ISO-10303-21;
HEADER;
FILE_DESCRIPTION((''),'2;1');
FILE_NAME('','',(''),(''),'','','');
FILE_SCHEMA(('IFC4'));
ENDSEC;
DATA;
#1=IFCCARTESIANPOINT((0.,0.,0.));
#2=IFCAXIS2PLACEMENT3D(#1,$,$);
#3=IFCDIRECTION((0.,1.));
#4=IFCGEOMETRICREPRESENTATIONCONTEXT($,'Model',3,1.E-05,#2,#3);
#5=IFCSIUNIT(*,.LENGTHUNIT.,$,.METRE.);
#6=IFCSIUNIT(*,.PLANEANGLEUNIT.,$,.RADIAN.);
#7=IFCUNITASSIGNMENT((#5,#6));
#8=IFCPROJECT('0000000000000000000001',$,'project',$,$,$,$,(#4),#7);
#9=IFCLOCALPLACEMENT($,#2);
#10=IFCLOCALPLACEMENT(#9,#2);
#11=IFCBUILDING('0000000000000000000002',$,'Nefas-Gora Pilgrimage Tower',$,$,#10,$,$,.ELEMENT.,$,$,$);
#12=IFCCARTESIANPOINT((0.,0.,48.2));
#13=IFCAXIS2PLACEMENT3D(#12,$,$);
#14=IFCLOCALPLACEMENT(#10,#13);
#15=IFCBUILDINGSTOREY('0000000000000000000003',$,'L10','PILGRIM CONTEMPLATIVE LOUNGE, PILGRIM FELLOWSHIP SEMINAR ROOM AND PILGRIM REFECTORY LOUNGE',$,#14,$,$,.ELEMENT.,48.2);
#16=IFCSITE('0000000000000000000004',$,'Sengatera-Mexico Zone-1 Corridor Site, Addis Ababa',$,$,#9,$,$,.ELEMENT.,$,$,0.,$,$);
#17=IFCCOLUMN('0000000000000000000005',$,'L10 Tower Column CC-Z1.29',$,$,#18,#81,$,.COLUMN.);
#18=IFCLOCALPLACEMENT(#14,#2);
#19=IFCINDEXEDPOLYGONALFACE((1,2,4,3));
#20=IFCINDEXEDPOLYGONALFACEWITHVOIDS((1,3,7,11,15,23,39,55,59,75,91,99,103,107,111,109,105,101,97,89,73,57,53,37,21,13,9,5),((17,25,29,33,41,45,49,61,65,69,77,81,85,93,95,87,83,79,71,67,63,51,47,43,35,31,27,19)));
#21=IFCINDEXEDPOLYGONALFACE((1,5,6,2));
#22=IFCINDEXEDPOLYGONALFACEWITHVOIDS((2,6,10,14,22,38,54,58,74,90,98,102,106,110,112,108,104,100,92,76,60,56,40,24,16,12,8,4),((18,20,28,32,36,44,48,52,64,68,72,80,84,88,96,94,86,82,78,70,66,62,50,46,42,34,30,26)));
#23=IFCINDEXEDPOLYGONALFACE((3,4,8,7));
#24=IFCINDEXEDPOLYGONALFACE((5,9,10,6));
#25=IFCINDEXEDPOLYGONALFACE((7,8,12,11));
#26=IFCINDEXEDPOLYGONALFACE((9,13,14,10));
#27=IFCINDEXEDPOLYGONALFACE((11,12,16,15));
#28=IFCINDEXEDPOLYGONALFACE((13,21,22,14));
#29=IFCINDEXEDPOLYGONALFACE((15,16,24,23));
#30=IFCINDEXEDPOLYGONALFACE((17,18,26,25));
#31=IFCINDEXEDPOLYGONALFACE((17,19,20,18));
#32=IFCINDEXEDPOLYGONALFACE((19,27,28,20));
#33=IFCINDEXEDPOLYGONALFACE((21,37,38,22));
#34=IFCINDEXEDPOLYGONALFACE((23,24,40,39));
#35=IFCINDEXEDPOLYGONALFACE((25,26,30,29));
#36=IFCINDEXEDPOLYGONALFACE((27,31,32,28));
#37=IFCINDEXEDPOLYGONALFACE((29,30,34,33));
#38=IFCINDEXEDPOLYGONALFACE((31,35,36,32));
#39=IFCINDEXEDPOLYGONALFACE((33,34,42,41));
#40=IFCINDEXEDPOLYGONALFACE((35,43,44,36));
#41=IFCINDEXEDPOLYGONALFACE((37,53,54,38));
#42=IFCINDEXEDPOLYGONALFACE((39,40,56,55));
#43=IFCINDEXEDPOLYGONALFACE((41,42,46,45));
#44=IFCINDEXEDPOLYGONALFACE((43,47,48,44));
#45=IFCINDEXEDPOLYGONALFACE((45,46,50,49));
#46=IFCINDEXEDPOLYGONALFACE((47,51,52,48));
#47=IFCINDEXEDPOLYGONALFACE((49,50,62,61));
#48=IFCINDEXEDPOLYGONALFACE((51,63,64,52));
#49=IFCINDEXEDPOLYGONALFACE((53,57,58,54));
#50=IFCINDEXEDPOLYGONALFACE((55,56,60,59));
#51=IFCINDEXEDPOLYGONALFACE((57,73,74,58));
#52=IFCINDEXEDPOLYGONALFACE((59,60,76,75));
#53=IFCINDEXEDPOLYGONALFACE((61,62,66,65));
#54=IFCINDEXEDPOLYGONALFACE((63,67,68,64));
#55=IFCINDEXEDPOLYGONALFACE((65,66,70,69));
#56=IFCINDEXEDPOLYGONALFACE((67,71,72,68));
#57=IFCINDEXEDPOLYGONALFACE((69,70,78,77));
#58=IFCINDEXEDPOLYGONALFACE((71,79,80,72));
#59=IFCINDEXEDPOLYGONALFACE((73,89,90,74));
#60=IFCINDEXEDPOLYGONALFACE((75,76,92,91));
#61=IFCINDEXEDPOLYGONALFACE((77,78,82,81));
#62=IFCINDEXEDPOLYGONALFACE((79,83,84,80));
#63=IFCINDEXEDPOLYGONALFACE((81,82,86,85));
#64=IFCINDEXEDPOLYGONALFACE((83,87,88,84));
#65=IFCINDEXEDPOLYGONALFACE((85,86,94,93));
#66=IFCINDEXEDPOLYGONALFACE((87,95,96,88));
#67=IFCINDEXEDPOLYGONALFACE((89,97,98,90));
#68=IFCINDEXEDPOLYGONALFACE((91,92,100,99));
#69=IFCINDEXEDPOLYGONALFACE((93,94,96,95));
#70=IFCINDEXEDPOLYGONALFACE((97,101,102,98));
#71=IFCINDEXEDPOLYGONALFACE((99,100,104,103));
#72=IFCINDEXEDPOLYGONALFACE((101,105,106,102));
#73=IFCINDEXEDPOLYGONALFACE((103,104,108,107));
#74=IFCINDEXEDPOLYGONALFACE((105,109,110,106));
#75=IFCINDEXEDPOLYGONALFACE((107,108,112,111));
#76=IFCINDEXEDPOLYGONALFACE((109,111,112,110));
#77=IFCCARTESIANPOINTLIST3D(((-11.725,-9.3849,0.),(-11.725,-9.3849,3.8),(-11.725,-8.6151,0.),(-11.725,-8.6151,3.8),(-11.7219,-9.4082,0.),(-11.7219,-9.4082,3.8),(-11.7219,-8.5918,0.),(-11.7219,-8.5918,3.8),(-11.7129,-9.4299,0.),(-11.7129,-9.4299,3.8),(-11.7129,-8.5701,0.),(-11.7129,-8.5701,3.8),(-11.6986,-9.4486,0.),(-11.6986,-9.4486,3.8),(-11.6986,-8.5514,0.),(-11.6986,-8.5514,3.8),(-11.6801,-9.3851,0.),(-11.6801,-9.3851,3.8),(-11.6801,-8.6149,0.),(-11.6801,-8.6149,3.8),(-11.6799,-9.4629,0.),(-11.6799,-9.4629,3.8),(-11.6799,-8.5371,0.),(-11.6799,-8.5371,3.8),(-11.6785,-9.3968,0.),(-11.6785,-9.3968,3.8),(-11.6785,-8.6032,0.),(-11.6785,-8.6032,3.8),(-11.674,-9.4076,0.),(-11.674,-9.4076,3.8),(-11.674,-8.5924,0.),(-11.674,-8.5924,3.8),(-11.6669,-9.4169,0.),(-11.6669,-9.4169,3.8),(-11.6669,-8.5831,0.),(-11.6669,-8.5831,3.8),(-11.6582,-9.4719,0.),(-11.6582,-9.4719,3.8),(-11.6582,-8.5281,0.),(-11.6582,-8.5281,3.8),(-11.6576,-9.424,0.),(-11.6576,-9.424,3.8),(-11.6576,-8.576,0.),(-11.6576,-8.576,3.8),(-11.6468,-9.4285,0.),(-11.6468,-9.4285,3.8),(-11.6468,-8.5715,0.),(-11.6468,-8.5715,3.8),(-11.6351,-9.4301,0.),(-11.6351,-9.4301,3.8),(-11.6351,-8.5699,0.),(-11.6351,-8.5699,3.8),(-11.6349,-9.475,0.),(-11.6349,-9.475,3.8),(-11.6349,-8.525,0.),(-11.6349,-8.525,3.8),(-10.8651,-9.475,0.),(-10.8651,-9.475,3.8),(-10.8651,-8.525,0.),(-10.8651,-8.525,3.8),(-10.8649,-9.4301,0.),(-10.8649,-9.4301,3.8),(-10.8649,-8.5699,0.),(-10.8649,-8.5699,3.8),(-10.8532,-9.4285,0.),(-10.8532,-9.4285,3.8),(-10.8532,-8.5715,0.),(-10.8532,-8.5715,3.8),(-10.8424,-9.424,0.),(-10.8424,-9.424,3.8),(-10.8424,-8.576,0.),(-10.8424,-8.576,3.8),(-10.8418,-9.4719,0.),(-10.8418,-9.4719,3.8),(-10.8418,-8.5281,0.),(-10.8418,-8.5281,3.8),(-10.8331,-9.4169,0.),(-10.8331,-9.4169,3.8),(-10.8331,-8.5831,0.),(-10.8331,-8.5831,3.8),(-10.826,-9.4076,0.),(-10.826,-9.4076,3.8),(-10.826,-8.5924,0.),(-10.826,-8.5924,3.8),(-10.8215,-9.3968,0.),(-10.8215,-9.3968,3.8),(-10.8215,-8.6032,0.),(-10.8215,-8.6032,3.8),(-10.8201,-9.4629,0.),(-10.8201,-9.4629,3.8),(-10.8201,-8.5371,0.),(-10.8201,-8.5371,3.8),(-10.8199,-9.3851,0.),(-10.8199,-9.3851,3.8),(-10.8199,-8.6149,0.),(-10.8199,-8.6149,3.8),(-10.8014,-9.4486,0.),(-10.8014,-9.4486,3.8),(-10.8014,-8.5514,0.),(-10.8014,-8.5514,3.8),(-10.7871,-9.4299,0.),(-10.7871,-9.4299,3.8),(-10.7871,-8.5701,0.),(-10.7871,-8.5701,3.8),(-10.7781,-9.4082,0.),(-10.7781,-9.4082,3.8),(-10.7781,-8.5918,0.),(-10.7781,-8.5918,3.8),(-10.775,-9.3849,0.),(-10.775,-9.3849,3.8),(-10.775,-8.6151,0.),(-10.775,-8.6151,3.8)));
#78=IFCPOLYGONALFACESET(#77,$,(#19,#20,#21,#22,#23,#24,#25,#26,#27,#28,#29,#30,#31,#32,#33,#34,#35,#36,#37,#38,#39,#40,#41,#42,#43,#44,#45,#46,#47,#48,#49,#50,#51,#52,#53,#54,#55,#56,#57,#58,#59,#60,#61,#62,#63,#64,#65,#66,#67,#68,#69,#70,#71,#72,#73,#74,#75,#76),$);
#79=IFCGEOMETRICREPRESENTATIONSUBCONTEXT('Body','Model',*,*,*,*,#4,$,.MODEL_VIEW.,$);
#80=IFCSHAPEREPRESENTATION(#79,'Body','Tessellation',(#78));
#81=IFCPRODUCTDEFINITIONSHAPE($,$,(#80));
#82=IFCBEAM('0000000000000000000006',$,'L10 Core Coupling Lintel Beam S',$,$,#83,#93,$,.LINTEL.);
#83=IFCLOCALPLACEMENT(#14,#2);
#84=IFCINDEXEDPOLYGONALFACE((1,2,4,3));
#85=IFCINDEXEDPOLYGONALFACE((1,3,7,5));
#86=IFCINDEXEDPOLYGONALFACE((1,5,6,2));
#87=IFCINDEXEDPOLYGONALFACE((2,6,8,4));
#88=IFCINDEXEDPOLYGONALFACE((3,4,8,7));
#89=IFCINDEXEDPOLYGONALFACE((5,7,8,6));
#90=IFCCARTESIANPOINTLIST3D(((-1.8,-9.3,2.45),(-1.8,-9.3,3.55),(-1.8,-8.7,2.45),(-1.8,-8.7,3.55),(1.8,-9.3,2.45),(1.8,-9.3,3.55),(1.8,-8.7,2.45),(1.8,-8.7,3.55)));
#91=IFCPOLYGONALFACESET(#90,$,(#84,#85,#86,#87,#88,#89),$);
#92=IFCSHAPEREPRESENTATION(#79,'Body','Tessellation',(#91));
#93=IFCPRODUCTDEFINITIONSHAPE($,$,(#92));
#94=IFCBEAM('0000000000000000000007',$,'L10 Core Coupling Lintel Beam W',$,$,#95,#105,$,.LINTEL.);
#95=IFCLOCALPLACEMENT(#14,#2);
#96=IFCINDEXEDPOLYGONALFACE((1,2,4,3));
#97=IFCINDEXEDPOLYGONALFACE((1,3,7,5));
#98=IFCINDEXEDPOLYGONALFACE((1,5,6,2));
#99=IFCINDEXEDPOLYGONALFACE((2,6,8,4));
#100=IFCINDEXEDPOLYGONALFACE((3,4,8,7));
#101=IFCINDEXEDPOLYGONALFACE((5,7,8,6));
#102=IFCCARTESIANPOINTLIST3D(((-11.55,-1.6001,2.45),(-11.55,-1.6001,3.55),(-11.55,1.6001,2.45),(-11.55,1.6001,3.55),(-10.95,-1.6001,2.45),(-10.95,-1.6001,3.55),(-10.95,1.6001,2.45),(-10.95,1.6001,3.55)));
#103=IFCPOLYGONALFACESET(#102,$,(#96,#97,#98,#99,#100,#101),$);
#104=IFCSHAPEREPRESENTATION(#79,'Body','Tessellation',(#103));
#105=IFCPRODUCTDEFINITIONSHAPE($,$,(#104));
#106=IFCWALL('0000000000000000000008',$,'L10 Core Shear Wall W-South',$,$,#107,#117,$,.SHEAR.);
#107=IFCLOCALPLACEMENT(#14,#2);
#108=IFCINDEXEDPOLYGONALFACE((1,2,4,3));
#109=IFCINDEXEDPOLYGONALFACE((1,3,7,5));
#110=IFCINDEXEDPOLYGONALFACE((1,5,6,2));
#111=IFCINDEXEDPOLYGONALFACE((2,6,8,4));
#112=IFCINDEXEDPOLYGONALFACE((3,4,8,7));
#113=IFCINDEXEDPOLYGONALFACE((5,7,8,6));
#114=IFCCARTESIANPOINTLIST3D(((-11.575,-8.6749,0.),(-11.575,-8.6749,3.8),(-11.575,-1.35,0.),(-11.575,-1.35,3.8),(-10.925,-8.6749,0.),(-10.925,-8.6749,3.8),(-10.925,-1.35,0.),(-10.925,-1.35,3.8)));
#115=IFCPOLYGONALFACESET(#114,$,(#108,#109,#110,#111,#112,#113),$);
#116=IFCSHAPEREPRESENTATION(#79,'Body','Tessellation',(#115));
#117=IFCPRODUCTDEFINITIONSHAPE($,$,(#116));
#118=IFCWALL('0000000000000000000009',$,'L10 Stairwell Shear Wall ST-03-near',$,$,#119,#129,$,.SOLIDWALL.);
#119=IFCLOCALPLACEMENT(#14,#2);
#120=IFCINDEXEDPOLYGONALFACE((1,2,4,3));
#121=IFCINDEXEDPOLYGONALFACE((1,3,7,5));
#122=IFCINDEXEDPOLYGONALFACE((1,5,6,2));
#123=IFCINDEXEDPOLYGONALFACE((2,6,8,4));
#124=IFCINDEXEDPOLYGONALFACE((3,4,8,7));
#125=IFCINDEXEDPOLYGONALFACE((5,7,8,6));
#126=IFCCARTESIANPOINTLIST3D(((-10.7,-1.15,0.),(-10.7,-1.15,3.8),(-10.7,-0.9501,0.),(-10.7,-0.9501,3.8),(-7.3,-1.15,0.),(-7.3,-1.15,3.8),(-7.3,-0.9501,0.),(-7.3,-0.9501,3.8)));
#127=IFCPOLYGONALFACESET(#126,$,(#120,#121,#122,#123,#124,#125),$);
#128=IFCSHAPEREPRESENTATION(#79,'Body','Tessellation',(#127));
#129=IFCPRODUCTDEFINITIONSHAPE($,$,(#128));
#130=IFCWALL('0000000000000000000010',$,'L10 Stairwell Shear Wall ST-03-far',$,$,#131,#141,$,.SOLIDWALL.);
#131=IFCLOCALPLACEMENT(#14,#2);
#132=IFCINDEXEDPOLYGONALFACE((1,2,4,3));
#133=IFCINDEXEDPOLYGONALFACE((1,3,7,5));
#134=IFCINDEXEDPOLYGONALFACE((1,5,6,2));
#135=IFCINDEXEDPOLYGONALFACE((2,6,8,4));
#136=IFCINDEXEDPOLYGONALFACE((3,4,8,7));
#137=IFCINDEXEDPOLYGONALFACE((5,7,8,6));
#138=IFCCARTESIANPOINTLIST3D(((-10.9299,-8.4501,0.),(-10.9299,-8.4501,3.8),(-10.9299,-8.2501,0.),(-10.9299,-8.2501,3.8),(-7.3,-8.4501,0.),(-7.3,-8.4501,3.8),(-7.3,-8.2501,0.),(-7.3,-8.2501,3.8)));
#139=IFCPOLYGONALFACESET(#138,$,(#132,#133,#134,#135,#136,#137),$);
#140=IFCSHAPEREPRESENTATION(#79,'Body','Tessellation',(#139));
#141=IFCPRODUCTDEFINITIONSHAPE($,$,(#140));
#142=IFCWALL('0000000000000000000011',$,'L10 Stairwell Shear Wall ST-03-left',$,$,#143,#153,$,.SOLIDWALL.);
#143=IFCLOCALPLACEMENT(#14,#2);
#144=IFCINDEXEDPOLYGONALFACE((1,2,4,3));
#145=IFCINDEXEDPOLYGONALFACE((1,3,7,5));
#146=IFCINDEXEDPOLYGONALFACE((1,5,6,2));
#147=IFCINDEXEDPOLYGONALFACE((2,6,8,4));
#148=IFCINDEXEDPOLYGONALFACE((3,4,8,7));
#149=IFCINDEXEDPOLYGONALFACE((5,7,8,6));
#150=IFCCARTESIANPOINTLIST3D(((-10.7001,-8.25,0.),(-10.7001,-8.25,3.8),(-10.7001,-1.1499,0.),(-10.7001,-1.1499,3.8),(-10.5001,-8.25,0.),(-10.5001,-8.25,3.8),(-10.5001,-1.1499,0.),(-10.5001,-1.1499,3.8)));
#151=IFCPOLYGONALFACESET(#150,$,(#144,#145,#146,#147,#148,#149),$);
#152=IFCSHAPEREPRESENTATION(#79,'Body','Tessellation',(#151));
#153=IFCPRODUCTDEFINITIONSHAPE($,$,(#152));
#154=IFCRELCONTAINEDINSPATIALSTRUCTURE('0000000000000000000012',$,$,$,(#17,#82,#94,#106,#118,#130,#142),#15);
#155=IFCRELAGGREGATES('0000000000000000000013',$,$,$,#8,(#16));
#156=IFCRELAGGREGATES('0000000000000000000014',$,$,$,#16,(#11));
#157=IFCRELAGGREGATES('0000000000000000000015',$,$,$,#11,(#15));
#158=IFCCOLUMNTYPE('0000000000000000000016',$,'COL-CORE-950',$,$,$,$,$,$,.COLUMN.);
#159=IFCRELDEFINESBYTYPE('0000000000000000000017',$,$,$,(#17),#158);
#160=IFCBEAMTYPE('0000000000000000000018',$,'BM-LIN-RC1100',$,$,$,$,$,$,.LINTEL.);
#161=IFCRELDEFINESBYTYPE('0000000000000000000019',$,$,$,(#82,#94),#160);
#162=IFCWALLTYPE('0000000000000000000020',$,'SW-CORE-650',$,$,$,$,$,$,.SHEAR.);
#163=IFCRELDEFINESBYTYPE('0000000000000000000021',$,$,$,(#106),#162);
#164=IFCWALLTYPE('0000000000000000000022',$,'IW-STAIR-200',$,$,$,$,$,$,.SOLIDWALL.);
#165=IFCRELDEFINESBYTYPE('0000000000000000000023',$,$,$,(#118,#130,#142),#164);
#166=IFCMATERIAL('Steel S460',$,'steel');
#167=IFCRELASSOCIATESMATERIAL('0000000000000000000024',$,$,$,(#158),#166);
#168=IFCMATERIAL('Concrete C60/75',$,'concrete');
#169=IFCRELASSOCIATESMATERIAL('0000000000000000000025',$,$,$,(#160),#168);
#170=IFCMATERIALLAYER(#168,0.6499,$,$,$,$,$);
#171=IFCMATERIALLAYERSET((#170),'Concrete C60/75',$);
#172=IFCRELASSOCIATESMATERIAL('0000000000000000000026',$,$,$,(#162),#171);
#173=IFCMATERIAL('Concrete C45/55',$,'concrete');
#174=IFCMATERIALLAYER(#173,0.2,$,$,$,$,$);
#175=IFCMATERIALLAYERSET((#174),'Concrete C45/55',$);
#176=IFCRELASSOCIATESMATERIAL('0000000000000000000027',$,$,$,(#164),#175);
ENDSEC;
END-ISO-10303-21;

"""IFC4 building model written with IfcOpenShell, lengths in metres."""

from ifc_helpers import new_model, si_unit, direction, frame, frame_2d, origin, origin_2d, place, context, subcontext, project, spatial, rectangle, hollow_rectangle, extrude, source, transform, mapped, material, layer, layer_set, material_profile, profile_set, type_object, element, save


model = new_model("IFC4")

# Units and contexts
model_context = context("Model", 3, precision=1e-05, world=origin(), true_north=direction((0.0, 1.0)))
body_context = subcontext(model_context, "Body", "Model", "MODEL_VIEW")
ifc_project = project(units=[si_unit("LENGTHUNIT", "METRE"), si_unit("PLANEANGLEUNIT", "RADIAN")], contexts=[model_context])

# Site, building, storey
site_placement = place(None, origin())
site = spatial("IfcSite", under=ifc_project, at=site_placement, Name="Sengatera-Mexico Zone-1 Corridor Site, Addis Ababa", CompositionType="ELEMENT", RefElevation=0.0)
building_placement = place(site_placement, origin())
building = spatial("IfcBuilding", under=site, at=building_placement, Name="Nefas-Gora Pilgrimage Tower", CompositionType="ELEMENT")
storey_placement = place(building_placement, frame((0.0, 0.0, 48.2)))
storey = spatial("IfcBuildingStorey", under=building, at=storey_placement, Name="L10", Description="PILGRIM CONTEMPLATIVE LOUNGE, PILGRIM FELLOWSHIP SEMINAR ROOM AND PILGRIM REFECTORY LOUNGE", CompositionType="ELEMENT", Elevation=48.2)

# Column
ifc_material_1 = material(Name="Steel S460", Category="steel")
ifc_material_profile_1 = material_profile(ifc_material_1, hollow_rectangle(XDim=0.95, YDim=0.95, WallThickness=0.0449, InnerFilletRadius=0.0449, OuterFilletRadius=0.0901, at=origin_2d()), Name="BOX 950x950x45")
ifc_profile_set_1 = profile_set([ifc_material_profile_1], Name="Steel S460")
column_type = type_object("IfcColumnType", Name="COL-CORE-950", PredefinedType="COLUMN", material=ifc_profile_set_1)
shared_shape_1 = source(origin(), body_context, "Body", "SweptSolid", [
    extrude(hollow_rectangle(XDim=0.95, YDim=0.95, WallThickness=0.0449, InnerFilletRadius=0.0449, OuterFilletRadius=0.0901, at=origin_2d()), origin(), (0.0, 0.0, 1.0), 3.8),
])
column_placement = place(storey_placement, frame((-11.25, -9.0, 0.0), z_axis=(0.0, 0.0, 1.0), x_axis=(1.0, 0.0, 0.0)))
element("IfcColumn", 1, at=column_placement, inside=storey, type_object=column_type, Name="L10 Tower Column CC-Z1.29", PredefinedType="COLUMN", context=body_context, shape_type="MappedRepresentation", body=[
    mapped(shared_shape_1, transform((0.0, 0.0, 0.0), x_axis=(1.0, 0.0, 0.0), y_axis=(0.0, 1.0, 0.0), z_axis=(0.0, 0.0, 1.0), scale=1.0)),
])

# Beams
ifc_material_2 = material(Name="Concrete C60/75", Category="concrete")
ifc_material_profile_2 = material_profile(ifc_material_2, rectangle(XDim=0.6001, YDim=1.1001, at=origin_2d()), Name="RC 600x1100")
ifc_profile_set_2 = profile_set([ifc_material_profile_2], Name="Concrete C60/75")
beam_type = type_object("IfcBeamType", Name="BM-LIN-RC1100", PredefinedType="LINTEL", material=ifc_profile_set_2)
shared_shape_2 = source(origin(), body_context, "Body", "SweptSolid", [
    extrude(rectangle(XDim=0.6001, YDim=1.1001, at=origin_2d()), origin(), (0.0, 0.0, 1.0), 3.6001),
])
beam_1_placement = place(storey_placement, frame((-1.8, -9.0, 3.0), z_axis=(1.0, 0.0, 0.0), x_axis=(0.0, 1.0, 0.0)))
element("IfcBeam", 2, at=beam_1_placement, inside=storey, type_object=beam_type, Name="L10 Core Coupling Lintel Beam S", PredefinedType="LINTEL", context=body_context, shape_type="MappedRepresentation", body=[
    mapped(shared_shape_2, transform((0.0, 0.0, 0.0), x_axis=(1.0, 0.0, 0.0), y_axis=(0.0, 1.0, 0.0), z_axis=(0.0, 0.0, 1.0), scale=1.0)),
])
shared_shape_3 = source(origin(), body_context, "Body", "SweptSolid", [
    extrude(rectangle(XDim=0.6001, YDim=1.1001, at=origin_2d()), origin(), (0.0, 0.0, 1.0), 3.2002),
])
beam_2_placement = place(storey_placement, frame((-11.25, -1.6001, 3.0), z_axis=(0.0, 1.0, 0.0), x_axis=(-1.0, 0.0, 0.0)))
element("IfcBeam", 3, at=beam_2_placement, inside=storey, type_object=beam_type, Name="L10 Core Coupling Lintel Beam W", PredefinedType="LINTEL", context=body_context, shape_type="MappedRepresentation", body=[
    mapped(shared_shape_3, transform((0.0, 0.0, 0.0), x_axis=(1.0, 0.0, 0.0), y_axis=(0.0, 1.0, 0.0), z_axis=(0.0, 0.0, 1.0), scale=1.0)),
])

# Walls
ifc_layer_1 = layer(ifc_material_2, 0.6499)
ifc_layer_set_1 = layer_set([ifc_layer_1], Name="Concrete C60/75")
wall_type_1 = type_object("IfcWallType", Name="SW-CORE-650", PredefinedType="SHEAR", material=ifc_layer_set_1)
shared_shape_4 = source(origin(), body_context, "Body", "SweptSolid", [
    extrude(rectangle(XDim=7.325, YDim=0.6499, at=frame_2d((3.6626, 0.0))), origin(), (0.0, 0.0, 1.0), 3.8),
])
wall_1_placement = place(storey_placement, frame((-11.25, -8.675, 0.0), z_axis=(0.0, 0.0, 1.0), x_axis=(0.0, 1.0, 0.0)))
element("IfcWall", 4, at=wall_1_placement, inside=storey, type_object=wall_type_1, Name="L10 Core Shear Wall W-South", PredefinedType="SHEAR", context=body_context, shape_type="MappedRepresentation", body=[
    mapped(shared_shape_4, transform((0.0, 0.0, 0.0), x_axis=(1.0, 0.0, 0.0), y_axis=(0.0, 1.0, 0.0), z_axis=(0.0, 0.0, 1.0), scale=1.0)),
])
ifc_material_3 = material(Name="Concrete C45/55", Category="concrete")
ifc_layer_2 = layer(ifc_material_3, 0.2)
ifc_layer_set_2 = layer_set([ifc_layer_2], Name="Concrete C45/55")
wall_type_2 = type_object("IfcWallType", Name="IW-STAIR-200", PredefinedType="SOLIDWALL", material=ifc_layer_set_2)
shared_shape_5 = source(origin(), body_context, "Body", "SweptSolid", [
    extrude(rectangle(XDim=3.3999, YDim=0.2, at=frame_2d((1.7, 0.0))), origin(), (0.0, 0.0, 1.0), 3.8),
])
wall_2_placement = place(storey_placement, frame((-10.7, -1.05, 0.0), z_axis=(0.0, 0.0, 1.0), x_axis=(1.0, 0.0, 0.0)))
element("IfcWall", 5, at=wall_2_placement, inside=storey, type_object=wall_type_2, Name="L10 Stairwell Shear Wall ST-03-near", PredefinedType="SOLIDWALL", context=body_context, shape_type="MappedRepresentation", body=[
    mapped(shared_shape_5, transform((0.0, 0.0, 0.0), x_axis=(1.0, 0.0, 0.0), y_axis=(0.0, 1.0, 0.0), z_axis=(0.0, 0.0, 1.0), scale=1.0)),
])
shared_shape_6 = source(origin(), body_context, "Body", "SweptSolid", [
    extrude(rectangle(XDim=3.6299, YDim=0.2, at=frame_2d((1.8149, 0.0))), origin(), (0.0, 0.0, 1.0), 3.8),
])
wall_3_placement = place(storey_placement, frame((-10.9299, -8.3501, 0.0), z_axis=(0.0, 0.0, 1.0), x_axis=(1.0, 0.0, 0.0)))
element("IfcWall", 6, at=wall_3_placement, inside=storey, type_object=wall_type_2, Name="L10 Stairwell Shear Wall ST-03-far", PredefinedType="SOLIDWALL", context=body_context, shape_type="MappedRepresentation", body=[
    mapped(shared_shape_6, transform((0.0, 0.0, 0.0), x_axis=(1.0, 0.0, 0.0), y_axis=(0.0, 1.0, 0.0), z_axis=(0.0, 0.0, 1.0), scale=1.0)),
])
shared_shape_7 = source(origin(), body_context, "Body", "SweptSolid", [
    extrude(rectangle(XDim=7.1001, YDim=0.2, at=frame_2d((3.55, 0.0))), origin(), (0.0, 0.0, 1.0), 3.8),
])
wall_4_placement = place(storey_placement, frame((-10.6001, -1.1499, 0.0), z_axis=(0.0, 0.0, 1.0), x_axis=(0.0, -1.0, 0.0)))
element("IfcWall", 7, at=wall_4_placement, inside=storey, type_object=wall_type_2, Name="L10 Stairwell Shear Wall ST-03-left", PredefinedType="SOLIDWALL", context=body_context, shape_type="MappedRepresentation", body=[
    mapped(shared_shape_7, transform((0.0, 0.0, 0.0), x_axis=(1.0, 0.0, 0.0), y_axis=(0.0, 1.0, 0.0), z_axis=(0.0, 0.0, 1.0), scale=1.0)),
])

save(model, "model.ifc")
